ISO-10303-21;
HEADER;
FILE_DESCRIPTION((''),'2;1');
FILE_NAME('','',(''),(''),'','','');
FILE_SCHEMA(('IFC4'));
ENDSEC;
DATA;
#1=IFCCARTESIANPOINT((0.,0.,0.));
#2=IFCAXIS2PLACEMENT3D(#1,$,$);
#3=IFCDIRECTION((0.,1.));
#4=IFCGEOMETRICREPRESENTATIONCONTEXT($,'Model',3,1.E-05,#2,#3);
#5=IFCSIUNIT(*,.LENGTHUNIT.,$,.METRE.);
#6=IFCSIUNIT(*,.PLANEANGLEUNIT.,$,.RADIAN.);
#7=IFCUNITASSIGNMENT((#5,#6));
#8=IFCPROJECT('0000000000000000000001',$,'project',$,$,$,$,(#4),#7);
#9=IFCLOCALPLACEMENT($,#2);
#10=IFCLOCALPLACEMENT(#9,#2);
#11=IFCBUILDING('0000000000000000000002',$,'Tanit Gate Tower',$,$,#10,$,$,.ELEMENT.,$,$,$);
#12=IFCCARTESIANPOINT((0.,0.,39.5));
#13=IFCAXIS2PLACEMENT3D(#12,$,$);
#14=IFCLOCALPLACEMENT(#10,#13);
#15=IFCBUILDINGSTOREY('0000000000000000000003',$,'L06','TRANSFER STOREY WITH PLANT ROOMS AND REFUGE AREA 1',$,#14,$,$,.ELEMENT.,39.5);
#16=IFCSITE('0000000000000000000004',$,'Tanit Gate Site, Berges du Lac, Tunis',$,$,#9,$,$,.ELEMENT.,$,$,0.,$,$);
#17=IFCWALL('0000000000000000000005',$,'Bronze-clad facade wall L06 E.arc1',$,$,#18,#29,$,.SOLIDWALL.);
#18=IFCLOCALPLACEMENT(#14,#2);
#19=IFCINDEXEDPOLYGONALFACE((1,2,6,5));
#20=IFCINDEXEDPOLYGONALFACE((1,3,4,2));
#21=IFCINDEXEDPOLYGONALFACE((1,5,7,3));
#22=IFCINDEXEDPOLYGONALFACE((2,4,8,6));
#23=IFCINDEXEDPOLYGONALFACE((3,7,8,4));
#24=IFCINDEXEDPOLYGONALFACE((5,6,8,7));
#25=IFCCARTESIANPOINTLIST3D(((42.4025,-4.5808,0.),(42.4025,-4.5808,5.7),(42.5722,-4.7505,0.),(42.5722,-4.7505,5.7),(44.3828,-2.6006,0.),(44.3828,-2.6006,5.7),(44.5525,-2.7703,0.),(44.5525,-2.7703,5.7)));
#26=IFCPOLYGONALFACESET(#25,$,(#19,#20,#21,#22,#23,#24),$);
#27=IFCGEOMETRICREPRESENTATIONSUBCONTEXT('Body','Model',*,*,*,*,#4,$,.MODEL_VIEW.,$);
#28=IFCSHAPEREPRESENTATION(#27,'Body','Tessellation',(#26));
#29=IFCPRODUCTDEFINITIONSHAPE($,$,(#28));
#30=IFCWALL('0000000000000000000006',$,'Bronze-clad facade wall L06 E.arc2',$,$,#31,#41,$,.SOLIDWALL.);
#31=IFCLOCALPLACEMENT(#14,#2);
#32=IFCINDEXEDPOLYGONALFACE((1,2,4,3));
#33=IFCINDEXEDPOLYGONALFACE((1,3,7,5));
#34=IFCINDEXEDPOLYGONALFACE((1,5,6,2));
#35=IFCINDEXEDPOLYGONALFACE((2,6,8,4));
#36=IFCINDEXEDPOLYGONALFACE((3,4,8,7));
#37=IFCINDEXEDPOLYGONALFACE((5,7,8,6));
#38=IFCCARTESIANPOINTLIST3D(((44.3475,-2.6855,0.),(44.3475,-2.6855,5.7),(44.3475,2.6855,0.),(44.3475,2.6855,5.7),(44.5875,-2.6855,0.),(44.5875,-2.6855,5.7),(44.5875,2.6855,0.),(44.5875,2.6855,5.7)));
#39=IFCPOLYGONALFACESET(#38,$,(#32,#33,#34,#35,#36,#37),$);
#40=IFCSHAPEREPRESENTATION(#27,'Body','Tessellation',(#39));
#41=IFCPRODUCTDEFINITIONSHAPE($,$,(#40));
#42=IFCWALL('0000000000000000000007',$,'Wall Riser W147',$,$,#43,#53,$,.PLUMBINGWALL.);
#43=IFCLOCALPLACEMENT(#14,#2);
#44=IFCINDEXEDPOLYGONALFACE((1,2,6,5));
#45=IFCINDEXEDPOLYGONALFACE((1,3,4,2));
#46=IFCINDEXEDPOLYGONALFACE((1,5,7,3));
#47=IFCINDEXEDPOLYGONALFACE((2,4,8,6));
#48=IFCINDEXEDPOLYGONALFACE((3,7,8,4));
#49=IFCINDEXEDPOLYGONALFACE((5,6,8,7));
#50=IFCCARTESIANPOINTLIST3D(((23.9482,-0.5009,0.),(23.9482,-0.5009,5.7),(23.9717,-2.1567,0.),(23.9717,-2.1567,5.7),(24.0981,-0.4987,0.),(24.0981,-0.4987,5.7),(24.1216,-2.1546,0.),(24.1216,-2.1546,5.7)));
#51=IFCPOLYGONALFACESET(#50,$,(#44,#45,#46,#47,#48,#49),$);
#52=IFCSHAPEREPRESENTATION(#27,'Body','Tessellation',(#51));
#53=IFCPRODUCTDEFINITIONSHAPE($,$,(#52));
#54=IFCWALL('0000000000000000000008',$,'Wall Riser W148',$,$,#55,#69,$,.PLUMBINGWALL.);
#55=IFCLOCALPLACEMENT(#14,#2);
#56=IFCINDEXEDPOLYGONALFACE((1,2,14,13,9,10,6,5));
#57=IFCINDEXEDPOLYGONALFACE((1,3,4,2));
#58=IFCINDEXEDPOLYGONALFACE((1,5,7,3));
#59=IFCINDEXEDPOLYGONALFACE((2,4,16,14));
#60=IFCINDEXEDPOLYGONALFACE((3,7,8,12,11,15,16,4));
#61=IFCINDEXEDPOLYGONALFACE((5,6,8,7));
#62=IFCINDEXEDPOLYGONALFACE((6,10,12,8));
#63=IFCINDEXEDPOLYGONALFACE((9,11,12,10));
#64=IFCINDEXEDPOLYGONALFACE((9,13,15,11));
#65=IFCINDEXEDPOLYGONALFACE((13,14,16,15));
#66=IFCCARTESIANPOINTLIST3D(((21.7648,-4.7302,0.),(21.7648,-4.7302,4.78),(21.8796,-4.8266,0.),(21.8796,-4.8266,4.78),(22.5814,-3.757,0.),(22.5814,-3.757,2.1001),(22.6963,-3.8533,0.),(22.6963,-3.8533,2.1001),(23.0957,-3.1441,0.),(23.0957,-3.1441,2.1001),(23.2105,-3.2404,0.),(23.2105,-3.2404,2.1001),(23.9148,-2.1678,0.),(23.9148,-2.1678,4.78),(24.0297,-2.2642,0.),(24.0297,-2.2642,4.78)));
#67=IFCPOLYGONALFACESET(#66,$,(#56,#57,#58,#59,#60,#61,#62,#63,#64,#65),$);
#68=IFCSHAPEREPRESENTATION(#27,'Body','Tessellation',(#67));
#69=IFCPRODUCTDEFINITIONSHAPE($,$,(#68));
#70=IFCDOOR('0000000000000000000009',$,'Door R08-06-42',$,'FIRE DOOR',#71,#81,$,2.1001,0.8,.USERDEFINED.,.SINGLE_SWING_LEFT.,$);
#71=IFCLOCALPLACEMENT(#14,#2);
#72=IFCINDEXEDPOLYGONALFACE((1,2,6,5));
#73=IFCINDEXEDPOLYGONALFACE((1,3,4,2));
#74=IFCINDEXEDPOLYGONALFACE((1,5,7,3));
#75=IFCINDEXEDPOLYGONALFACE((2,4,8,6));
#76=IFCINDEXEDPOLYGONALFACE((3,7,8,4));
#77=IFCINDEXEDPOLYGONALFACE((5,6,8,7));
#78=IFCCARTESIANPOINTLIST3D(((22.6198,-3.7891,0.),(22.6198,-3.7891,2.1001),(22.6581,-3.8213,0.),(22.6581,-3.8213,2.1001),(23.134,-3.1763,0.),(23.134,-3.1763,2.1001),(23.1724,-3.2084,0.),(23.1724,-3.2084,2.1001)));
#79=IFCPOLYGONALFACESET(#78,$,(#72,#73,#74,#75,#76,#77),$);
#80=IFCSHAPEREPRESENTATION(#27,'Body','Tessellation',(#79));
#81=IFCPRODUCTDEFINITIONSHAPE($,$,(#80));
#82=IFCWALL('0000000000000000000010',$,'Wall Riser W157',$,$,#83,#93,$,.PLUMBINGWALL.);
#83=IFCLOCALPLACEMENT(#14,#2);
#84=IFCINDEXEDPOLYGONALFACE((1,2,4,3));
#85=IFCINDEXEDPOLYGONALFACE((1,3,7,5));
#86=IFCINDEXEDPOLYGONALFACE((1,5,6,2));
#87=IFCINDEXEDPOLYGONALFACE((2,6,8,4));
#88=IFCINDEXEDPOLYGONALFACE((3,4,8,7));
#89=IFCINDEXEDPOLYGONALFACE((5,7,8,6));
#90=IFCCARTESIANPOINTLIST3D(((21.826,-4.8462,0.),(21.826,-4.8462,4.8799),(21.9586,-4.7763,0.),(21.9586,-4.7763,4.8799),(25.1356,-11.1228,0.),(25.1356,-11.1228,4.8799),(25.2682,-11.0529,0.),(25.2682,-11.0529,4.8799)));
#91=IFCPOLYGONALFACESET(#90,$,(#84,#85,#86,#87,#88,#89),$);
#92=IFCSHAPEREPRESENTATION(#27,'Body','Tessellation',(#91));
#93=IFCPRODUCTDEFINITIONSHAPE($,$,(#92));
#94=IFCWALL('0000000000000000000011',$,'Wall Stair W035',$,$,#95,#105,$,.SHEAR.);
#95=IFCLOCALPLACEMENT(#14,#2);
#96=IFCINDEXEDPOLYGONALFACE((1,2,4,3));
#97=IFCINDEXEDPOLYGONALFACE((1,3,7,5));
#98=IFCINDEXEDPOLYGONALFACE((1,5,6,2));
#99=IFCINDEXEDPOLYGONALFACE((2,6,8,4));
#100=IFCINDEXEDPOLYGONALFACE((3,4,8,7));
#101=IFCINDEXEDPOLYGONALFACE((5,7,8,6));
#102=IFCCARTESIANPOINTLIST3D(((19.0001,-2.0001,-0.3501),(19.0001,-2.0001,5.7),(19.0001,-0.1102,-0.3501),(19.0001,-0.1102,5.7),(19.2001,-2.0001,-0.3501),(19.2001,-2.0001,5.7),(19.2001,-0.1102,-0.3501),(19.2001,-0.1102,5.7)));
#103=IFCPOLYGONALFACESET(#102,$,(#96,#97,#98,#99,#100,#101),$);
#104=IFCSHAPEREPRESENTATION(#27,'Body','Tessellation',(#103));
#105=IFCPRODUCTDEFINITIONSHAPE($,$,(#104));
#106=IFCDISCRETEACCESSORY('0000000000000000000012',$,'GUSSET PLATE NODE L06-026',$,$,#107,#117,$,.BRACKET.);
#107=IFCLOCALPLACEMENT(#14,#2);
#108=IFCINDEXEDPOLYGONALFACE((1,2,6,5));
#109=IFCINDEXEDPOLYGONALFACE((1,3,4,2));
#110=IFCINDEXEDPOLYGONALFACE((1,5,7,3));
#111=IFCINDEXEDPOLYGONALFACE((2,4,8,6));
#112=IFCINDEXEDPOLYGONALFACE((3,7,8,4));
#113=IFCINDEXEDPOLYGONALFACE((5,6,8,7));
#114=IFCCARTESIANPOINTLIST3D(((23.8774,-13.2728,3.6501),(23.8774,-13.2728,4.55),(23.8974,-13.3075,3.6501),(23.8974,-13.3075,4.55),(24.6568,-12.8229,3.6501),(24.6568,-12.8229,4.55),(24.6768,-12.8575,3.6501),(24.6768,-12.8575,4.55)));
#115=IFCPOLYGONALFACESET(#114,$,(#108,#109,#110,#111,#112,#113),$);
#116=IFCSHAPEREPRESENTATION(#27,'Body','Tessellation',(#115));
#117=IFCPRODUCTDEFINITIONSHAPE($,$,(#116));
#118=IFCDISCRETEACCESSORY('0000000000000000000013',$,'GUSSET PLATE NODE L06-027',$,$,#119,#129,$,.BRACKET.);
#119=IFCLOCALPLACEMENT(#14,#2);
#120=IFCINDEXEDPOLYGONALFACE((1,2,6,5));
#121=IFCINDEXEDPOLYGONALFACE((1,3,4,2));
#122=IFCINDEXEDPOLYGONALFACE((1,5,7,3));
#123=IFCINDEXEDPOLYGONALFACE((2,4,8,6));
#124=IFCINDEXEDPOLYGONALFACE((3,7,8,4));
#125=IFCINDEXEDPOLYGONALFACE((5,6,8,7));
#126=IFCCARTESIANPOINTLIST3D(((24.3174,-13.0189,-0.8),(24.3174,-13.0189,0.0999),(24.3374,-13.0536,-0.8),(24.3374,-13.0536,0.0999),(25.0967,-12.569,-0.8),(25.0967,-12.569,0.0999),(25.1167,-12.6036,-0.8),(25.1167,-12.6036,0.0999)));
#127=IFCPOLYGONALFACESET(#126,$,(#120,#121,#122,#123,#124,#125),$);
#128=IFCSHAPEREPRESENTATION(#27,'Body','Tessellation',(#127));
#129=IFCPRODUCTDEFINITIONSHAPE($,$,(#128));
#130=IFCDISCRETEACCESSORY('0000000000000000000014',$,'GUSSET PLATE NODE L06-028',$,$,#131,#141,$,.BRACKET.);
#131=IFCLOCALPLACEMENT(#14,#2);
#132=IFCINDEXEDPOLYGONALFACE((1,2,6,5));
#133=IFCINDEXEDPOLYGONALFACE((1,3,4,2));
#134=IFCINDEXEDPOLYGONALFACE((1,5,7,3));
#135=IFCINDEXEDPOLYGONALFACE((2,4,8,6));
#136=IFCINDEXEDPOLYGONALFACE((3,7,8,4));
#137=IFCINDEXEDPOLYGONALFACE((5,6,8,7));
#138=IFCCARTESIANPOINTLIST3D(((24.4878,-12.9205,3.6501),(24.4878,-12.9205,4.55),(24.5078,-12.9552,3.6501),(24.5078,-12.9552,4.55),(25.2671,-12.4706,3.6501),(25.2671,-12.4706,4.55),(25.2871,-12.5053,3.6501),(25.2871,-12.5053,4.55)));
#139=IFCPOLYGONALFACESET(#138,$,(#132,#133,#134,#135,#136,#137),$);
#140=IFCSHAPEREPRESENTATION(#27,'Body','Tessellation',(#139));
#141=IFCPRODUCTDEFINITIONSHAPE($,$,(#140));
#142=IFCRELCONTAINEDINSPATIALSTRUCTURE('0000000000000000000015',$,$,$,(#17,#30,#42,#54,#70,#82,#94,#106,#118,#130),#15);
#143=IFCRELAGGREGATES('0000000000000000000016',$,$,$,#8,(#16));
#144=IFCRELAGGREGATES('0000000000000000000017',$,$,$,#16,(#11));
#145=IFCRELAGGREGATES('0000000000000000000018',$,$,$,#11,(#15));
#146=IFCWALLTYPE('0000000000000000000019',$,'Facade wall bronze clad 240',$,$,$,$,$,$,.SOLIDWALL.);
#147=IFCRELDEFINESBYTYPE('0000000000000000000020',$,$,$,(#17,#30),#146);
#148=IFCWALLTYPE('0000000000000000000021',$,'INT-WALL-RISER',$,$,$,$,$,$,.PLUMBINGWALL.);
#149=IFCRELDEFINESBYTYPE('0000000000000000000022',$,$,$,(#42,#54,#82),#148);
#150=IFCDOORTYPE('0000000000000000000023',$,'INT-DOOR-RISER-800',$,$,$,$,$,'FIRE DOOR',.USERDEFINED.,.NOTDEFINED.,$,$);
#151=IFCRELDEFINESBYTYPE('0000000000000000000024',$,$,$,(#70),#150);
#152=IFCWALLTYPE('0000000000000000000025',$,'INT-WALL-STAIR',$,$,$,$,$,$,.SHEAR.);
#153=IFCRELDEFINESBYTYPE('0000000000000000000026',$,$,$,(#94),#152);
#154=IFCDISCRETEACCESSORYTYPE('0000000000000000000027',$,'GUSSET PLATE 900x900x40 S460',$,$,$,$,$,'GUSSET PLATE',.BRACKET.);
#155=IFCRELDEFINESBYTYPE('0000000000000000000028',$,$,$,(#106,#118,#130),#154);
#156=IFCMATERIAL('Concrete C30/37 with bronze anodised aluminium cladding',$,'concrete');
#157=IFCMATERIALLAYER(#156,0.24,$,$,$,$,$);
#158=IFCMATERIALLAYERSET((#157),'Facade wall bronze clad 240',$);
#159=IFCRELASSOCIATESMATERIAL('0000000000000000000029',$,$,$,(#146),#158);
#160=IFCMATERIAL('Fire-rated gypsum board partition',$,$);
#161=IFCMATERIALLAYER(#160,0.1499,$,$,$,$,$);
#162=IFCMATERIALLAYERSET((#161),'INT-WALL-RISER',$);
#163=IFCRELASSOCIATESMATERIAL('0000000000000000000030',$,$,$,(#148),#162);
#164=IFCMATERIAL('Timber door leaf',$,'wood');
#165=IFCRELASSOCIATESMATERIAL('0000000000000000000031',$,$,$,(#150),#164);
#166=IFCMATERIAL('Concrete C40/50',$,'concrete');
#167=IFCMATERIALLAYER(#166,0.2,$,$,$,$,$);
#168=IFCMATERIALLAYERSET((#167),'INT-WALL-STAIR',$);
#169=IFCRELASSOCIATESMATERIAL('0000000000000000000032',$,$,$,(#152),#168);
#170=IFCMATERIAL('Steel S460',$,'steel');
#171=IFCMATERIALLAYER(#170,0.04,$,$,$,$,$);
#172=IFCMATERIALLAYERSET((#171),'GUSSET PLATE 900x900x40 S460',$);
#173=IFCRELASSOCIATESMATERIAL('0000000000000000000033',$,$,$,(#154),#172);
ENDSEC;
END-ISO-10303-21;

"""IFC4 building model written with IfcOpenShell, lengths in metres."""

from ifc_helpers import new_model, si_unit, direction, frame, frame_2d, origin, origin_2d, place, context, subcontext, project, spatial, rectangle, extrude, material, layer, layer_set, type_object, element, fill, save


model = new_model("IFC4")

# Units and contexts
model_context = context("Model", 3, precision=1e-05, world=origin(), true_north=direction((0.0, 1.0)))
body_context = subcontext(model_context, "Body", "Model", "MODEL_VIEW")
ifc_project = project(units=[si_unit("LENGTHUNIT", "METRE"), si_unit("PLANEANGLEUNIT", "RADIAN")], contexts=[model_context])

# Site, building, storey
site_placement = place(None, origin())
site = spatial("IfcSite", under=ifc_project, at=site_placement, Name="Tanit Gate Site, Berges du Lac, Tunis", CompositionType="ELEMENT", RefElevation=0.0)
building_placement = place(site_placement, origin())
building = spatial("IfcBuilding", under=site, at=building_placement, Name="Tanit Gate Tower", CompositionType="ELEMENT")
storey_placement = place(building_placement, frame((0.0, 0.0, 39.5)))
storey = spatial("IfcBuildingStorey", under=building, at=storey_placement, Name="L06", Description="TRANSFER STOREY WITH PLANT ROOMS AND REFUGE AREA 1", CompositionType="ELEMENT", Elevation=39.5)

# Walls
ifc_material_1 = material(Name="Concrete C30/37 with bronze anodised aluminium cladding", Category="concrete")
ifc_layer_1 = layer(ifc_material_1, 0.24)
ifc_layer_set_1 = layer_set([ifc_layer_1], Name="Facade wall bronze clad 240")
wall_type_1 = type_object("IfcWallType", Name="Facade wall bronze clad 240", PredefinedType="SOLIDWALL", material=ifc_layer_set_1)
wall_1_placement = place(storey_placement, frame((42.4873, -4.6658, 0.0), z_axis=(0.0, 0.0, 1.0), x_axis=(0.707107, 0.707107, 0.0)))
element("IfcWall", 1, at=wall_1_placement, inside=storey, type_object=wall_type_1, Name="Bronze-clad facade wall L06 E.arc1", PredefinedType="SOLIDWALL", context=body_context, shape_type="SweptSolid", body=[
    extrude(rectangle(XDim=2.8005, YDim=0.24, at=frame_2d((1.4004, 0.0))), origin(), (0.0, 0.0, 1.0), 5.7),
])
wall_2_placement = place(storey_placement, frame((44.4675, -2.6855, 0.0), z_axis=(0.0, 0.0, 1.0), x_axis=(0.0, 1.0, 0.0)))
element("IfcWall", 2, at=wall_2_placement, inside=storey, type_object=wall_type_1, Name="Bronze-clad facade wall L06 E.arc2", PredefinedType="SOLIDWALL", context=body_context, shape_type="SweptSolid", body=[
    extrude(rectangle(XDim=5.3711, YDim=0.24, at=frame_2d((2.6855, 0.0))), origin(), (0.0, 0.0, 1.0), 5.7),
])
ifc_material_2 = material(Name="Fire-rated gypsum board partition")
ifc_layer_2 = layer(ifc_material_2, 0.1499)
ifc_layer_set_2 = layer_set([ifc_layer_2], Name="INT-WALL-RISER")
wall_type_2 = type_object("IfcWallType", Name="INT-WALL-RISER", PredefinedType="PLUMBINGWALL", material=ifc_layer_set_2)
wall_3_placement = place(storey_placement, frame((24.0466, -2.1558, 0.0), z_axis=(0.0, 0.0, 1.0), x_axis=(-0.014154, 0.9999, 0.0)))
element("IfcWall", 3, at=wall_3_placement, inside=storey, type_object=wall_type_2, Name="Wall Riser W147", PredefinedType="PLUMBINGWALL", context=body_context, shape_type="SweptSolid", body=[
    extrude(rectangle(XDim=1.656, YDim=0.1499, at=frame_2d((0.8281, 0.0))), origin(), (0.0, 0.0, 1.0), 5.7),
])

# Wall, opening, door
wall_4_placement = place(storey_placement, frame((21.8223, -4.7783, 0.0), z_axis=(0.0, 0.0, 1.0), x_axis=(0.642779, 0.766051, 0.0)))
wall_4 = element("IfcWall", 4, at=wall_4_placement, inside=storey, type_object=wall_type_2, Name="Wall Riser W148", PredefinedType="PLUMBINGWALL", context=body_context, shape_type="SweptSolid", body=[
    extrude(rectangle(XDim=3.345, YDim=0.1499, at=frame_2d((1.6724, 0.0))), origin(), (0.0, 0.0, 1.0), 4.78),
])
opening_1_placement = place(wall_4_placement, frame((1.2705, 0.0, 0.0)))
opening_1 = element("IfcOpeningElement", 5, at=opening_1_placement, cuts=wall_4, PredefinedType="OPENING", context=body_context, shape_type="SweptSolid", body=[
    extrude(rectangle(XDim=0.8, YDim=2.1001, at=frame_2d((0.3999, 1.05))), frame((0.0, 0.085, 0.0), z_axis=(0.0, -1.0, 0.0), x_axis=(1.0, 0.0, 0.0)), (0.0, 0.0, 1.0), 0.1699),
])
ifc_material_3 = material(Name="Timber door leaf", Category="wood")
door_type_1 = type_object("IfcDoorType", Name="INT-DOOR-RISER-800", ElementType="FIRE DOOR", OperationType="NOTDEFINED", PredefinedType="USERDEFINED", material=ifc_material_3)
door_1_placement = place(opening_1_placement, origin())
door_1 = element("IfcDoor", 6, at=door_1_placement, inside=storey, type_object=door_type_1, Name="Door R08-06-42", ObjectType="FIRE DOOR", OperationType="SINGLE_SWING_LEFT", OverallHeight=2.1001, OverallWidth=0.8, PredefinedType="USERDEFINED", context=body_context, shape_type="SweptSolid", body=[
    extrude(rectangle(XDim=0.8, YDim=2.1001, at=frame_2d((0.3999, 1.05))), frame((0.0, 0.0249, 0.0), z_axis=(0.0, -1.0, 0.0), x_axis=(1.0, 0.0, 0.0)), (0.0, 0.0, 1.0), 0.05),
])
fill(opening_1, door_1)

# Walls
wall_5_placement = place(storey_placement, frame((21.8923, -4.8113, 0.0), z_axis=(0.0, 0.0, 1.0), x_axis=(0.466418, -0.884564, 0.0)))
element("IfcWall", 7, at=wall_5_placement, inside=storey, type_object=wall_type_2, Name="Wall Riser W157", PredefinedType="PLUMBINGWALL", context=body_context, shape_type="SweptSolid", body=[
    extrude(rectangle(XDim=7.0957, YDim=0.1499, at=frame_2d((3.5479, 0.0))), origin(), (0.0, 0.0, 1.0), 4.8799),
])
ifc_material_4 = material(Name="Concrete C40/50", Category="concrete")
ifc_layer_3 = layer(ifc_material_4, 0.2)
ifc_layer_set_3 = layer_set([ifc_layer_3], Name="INT-WALL-STAIR")
wall_type_3 = type_object("IfcWallType", Name="INT-WALL-STAIR", PredefinedType="SHEAR", material=ifc_layer_set_3)
wall_6_placement = place(storey_placement, frame((19.1001, -2.0, -0.3501), z_axis=(0.0, 0.0, 1.0), x_axis=(0.0, 1.0, 0.0)))
element("IfcWall", 8, at=wall_6_placement, inside=storey, type_object=wall_type_3, Name="Wall Stair W035", PredefinedType="SHEAR", context=body_context, shape_type="SweptSolid", body=[
    extrude(rectangle(XDim=1.8899, YDim=0.2, at=frame_2d((0.9448, 0.0))), origin(), (0.0, 0.0, 1.0), 6.05),
])

# Discrete accessories
ifc_material_5 = material(Name="Steel S460", Category="steel")
ifc_layer_4 = layer(ifc_material_5, 0.04)
ifc_layer_set_4 = layer_set([ifc_layer_4], Name="GUSSET PLATE 900x900x40 S460")
discrete_accessory_type = type_object("IfcDiscreteAccessoryType", Name="GUSSET PLATE 900x900x40 S460", ElementType="GUSSET PLATE", PredefinedType="BRACKET", material=ifc_layer_set_4)
for number, where, z_axis, x_axis, name in (
    (9, (24.2771, -13.0652, 3.6501), (0.0, 0.0, 1.0), (-0.866025, -0.5, 0.0), "GUSSET PLATE NODE L06-026"),
    (10, (24.717, -12.8113, -0.8), (0.0, 0.0, 1.0), (0.866025, 0.5, 0.0), "GUSSET PLATE NODE L06-027"),
    (11, (24.8875, -12.7129, 3.6501), (0.0, 0.0, 1.0), (-0.866025, -0.5, 0.0), "GUSSET PLATE NODE L06-028"),
):
    element("IfcDiscreteAccessory", number, at=place(storey_placement, frame(where, z_axis=z_axis, x_axis=x_axis)), inside=storey, type_object=discrete_accessory_type, Name=name, PredefinedType="BRACKET", context=body_context, shape_type="SweptSolid", body=[
        extrude(rectangle(XDim=0.8999, YDim=0.04, at=origin_2d()), origin(), (0.0, 0.0, 1.0), 0.8999),
    ])

save(model, "model.ifc")
